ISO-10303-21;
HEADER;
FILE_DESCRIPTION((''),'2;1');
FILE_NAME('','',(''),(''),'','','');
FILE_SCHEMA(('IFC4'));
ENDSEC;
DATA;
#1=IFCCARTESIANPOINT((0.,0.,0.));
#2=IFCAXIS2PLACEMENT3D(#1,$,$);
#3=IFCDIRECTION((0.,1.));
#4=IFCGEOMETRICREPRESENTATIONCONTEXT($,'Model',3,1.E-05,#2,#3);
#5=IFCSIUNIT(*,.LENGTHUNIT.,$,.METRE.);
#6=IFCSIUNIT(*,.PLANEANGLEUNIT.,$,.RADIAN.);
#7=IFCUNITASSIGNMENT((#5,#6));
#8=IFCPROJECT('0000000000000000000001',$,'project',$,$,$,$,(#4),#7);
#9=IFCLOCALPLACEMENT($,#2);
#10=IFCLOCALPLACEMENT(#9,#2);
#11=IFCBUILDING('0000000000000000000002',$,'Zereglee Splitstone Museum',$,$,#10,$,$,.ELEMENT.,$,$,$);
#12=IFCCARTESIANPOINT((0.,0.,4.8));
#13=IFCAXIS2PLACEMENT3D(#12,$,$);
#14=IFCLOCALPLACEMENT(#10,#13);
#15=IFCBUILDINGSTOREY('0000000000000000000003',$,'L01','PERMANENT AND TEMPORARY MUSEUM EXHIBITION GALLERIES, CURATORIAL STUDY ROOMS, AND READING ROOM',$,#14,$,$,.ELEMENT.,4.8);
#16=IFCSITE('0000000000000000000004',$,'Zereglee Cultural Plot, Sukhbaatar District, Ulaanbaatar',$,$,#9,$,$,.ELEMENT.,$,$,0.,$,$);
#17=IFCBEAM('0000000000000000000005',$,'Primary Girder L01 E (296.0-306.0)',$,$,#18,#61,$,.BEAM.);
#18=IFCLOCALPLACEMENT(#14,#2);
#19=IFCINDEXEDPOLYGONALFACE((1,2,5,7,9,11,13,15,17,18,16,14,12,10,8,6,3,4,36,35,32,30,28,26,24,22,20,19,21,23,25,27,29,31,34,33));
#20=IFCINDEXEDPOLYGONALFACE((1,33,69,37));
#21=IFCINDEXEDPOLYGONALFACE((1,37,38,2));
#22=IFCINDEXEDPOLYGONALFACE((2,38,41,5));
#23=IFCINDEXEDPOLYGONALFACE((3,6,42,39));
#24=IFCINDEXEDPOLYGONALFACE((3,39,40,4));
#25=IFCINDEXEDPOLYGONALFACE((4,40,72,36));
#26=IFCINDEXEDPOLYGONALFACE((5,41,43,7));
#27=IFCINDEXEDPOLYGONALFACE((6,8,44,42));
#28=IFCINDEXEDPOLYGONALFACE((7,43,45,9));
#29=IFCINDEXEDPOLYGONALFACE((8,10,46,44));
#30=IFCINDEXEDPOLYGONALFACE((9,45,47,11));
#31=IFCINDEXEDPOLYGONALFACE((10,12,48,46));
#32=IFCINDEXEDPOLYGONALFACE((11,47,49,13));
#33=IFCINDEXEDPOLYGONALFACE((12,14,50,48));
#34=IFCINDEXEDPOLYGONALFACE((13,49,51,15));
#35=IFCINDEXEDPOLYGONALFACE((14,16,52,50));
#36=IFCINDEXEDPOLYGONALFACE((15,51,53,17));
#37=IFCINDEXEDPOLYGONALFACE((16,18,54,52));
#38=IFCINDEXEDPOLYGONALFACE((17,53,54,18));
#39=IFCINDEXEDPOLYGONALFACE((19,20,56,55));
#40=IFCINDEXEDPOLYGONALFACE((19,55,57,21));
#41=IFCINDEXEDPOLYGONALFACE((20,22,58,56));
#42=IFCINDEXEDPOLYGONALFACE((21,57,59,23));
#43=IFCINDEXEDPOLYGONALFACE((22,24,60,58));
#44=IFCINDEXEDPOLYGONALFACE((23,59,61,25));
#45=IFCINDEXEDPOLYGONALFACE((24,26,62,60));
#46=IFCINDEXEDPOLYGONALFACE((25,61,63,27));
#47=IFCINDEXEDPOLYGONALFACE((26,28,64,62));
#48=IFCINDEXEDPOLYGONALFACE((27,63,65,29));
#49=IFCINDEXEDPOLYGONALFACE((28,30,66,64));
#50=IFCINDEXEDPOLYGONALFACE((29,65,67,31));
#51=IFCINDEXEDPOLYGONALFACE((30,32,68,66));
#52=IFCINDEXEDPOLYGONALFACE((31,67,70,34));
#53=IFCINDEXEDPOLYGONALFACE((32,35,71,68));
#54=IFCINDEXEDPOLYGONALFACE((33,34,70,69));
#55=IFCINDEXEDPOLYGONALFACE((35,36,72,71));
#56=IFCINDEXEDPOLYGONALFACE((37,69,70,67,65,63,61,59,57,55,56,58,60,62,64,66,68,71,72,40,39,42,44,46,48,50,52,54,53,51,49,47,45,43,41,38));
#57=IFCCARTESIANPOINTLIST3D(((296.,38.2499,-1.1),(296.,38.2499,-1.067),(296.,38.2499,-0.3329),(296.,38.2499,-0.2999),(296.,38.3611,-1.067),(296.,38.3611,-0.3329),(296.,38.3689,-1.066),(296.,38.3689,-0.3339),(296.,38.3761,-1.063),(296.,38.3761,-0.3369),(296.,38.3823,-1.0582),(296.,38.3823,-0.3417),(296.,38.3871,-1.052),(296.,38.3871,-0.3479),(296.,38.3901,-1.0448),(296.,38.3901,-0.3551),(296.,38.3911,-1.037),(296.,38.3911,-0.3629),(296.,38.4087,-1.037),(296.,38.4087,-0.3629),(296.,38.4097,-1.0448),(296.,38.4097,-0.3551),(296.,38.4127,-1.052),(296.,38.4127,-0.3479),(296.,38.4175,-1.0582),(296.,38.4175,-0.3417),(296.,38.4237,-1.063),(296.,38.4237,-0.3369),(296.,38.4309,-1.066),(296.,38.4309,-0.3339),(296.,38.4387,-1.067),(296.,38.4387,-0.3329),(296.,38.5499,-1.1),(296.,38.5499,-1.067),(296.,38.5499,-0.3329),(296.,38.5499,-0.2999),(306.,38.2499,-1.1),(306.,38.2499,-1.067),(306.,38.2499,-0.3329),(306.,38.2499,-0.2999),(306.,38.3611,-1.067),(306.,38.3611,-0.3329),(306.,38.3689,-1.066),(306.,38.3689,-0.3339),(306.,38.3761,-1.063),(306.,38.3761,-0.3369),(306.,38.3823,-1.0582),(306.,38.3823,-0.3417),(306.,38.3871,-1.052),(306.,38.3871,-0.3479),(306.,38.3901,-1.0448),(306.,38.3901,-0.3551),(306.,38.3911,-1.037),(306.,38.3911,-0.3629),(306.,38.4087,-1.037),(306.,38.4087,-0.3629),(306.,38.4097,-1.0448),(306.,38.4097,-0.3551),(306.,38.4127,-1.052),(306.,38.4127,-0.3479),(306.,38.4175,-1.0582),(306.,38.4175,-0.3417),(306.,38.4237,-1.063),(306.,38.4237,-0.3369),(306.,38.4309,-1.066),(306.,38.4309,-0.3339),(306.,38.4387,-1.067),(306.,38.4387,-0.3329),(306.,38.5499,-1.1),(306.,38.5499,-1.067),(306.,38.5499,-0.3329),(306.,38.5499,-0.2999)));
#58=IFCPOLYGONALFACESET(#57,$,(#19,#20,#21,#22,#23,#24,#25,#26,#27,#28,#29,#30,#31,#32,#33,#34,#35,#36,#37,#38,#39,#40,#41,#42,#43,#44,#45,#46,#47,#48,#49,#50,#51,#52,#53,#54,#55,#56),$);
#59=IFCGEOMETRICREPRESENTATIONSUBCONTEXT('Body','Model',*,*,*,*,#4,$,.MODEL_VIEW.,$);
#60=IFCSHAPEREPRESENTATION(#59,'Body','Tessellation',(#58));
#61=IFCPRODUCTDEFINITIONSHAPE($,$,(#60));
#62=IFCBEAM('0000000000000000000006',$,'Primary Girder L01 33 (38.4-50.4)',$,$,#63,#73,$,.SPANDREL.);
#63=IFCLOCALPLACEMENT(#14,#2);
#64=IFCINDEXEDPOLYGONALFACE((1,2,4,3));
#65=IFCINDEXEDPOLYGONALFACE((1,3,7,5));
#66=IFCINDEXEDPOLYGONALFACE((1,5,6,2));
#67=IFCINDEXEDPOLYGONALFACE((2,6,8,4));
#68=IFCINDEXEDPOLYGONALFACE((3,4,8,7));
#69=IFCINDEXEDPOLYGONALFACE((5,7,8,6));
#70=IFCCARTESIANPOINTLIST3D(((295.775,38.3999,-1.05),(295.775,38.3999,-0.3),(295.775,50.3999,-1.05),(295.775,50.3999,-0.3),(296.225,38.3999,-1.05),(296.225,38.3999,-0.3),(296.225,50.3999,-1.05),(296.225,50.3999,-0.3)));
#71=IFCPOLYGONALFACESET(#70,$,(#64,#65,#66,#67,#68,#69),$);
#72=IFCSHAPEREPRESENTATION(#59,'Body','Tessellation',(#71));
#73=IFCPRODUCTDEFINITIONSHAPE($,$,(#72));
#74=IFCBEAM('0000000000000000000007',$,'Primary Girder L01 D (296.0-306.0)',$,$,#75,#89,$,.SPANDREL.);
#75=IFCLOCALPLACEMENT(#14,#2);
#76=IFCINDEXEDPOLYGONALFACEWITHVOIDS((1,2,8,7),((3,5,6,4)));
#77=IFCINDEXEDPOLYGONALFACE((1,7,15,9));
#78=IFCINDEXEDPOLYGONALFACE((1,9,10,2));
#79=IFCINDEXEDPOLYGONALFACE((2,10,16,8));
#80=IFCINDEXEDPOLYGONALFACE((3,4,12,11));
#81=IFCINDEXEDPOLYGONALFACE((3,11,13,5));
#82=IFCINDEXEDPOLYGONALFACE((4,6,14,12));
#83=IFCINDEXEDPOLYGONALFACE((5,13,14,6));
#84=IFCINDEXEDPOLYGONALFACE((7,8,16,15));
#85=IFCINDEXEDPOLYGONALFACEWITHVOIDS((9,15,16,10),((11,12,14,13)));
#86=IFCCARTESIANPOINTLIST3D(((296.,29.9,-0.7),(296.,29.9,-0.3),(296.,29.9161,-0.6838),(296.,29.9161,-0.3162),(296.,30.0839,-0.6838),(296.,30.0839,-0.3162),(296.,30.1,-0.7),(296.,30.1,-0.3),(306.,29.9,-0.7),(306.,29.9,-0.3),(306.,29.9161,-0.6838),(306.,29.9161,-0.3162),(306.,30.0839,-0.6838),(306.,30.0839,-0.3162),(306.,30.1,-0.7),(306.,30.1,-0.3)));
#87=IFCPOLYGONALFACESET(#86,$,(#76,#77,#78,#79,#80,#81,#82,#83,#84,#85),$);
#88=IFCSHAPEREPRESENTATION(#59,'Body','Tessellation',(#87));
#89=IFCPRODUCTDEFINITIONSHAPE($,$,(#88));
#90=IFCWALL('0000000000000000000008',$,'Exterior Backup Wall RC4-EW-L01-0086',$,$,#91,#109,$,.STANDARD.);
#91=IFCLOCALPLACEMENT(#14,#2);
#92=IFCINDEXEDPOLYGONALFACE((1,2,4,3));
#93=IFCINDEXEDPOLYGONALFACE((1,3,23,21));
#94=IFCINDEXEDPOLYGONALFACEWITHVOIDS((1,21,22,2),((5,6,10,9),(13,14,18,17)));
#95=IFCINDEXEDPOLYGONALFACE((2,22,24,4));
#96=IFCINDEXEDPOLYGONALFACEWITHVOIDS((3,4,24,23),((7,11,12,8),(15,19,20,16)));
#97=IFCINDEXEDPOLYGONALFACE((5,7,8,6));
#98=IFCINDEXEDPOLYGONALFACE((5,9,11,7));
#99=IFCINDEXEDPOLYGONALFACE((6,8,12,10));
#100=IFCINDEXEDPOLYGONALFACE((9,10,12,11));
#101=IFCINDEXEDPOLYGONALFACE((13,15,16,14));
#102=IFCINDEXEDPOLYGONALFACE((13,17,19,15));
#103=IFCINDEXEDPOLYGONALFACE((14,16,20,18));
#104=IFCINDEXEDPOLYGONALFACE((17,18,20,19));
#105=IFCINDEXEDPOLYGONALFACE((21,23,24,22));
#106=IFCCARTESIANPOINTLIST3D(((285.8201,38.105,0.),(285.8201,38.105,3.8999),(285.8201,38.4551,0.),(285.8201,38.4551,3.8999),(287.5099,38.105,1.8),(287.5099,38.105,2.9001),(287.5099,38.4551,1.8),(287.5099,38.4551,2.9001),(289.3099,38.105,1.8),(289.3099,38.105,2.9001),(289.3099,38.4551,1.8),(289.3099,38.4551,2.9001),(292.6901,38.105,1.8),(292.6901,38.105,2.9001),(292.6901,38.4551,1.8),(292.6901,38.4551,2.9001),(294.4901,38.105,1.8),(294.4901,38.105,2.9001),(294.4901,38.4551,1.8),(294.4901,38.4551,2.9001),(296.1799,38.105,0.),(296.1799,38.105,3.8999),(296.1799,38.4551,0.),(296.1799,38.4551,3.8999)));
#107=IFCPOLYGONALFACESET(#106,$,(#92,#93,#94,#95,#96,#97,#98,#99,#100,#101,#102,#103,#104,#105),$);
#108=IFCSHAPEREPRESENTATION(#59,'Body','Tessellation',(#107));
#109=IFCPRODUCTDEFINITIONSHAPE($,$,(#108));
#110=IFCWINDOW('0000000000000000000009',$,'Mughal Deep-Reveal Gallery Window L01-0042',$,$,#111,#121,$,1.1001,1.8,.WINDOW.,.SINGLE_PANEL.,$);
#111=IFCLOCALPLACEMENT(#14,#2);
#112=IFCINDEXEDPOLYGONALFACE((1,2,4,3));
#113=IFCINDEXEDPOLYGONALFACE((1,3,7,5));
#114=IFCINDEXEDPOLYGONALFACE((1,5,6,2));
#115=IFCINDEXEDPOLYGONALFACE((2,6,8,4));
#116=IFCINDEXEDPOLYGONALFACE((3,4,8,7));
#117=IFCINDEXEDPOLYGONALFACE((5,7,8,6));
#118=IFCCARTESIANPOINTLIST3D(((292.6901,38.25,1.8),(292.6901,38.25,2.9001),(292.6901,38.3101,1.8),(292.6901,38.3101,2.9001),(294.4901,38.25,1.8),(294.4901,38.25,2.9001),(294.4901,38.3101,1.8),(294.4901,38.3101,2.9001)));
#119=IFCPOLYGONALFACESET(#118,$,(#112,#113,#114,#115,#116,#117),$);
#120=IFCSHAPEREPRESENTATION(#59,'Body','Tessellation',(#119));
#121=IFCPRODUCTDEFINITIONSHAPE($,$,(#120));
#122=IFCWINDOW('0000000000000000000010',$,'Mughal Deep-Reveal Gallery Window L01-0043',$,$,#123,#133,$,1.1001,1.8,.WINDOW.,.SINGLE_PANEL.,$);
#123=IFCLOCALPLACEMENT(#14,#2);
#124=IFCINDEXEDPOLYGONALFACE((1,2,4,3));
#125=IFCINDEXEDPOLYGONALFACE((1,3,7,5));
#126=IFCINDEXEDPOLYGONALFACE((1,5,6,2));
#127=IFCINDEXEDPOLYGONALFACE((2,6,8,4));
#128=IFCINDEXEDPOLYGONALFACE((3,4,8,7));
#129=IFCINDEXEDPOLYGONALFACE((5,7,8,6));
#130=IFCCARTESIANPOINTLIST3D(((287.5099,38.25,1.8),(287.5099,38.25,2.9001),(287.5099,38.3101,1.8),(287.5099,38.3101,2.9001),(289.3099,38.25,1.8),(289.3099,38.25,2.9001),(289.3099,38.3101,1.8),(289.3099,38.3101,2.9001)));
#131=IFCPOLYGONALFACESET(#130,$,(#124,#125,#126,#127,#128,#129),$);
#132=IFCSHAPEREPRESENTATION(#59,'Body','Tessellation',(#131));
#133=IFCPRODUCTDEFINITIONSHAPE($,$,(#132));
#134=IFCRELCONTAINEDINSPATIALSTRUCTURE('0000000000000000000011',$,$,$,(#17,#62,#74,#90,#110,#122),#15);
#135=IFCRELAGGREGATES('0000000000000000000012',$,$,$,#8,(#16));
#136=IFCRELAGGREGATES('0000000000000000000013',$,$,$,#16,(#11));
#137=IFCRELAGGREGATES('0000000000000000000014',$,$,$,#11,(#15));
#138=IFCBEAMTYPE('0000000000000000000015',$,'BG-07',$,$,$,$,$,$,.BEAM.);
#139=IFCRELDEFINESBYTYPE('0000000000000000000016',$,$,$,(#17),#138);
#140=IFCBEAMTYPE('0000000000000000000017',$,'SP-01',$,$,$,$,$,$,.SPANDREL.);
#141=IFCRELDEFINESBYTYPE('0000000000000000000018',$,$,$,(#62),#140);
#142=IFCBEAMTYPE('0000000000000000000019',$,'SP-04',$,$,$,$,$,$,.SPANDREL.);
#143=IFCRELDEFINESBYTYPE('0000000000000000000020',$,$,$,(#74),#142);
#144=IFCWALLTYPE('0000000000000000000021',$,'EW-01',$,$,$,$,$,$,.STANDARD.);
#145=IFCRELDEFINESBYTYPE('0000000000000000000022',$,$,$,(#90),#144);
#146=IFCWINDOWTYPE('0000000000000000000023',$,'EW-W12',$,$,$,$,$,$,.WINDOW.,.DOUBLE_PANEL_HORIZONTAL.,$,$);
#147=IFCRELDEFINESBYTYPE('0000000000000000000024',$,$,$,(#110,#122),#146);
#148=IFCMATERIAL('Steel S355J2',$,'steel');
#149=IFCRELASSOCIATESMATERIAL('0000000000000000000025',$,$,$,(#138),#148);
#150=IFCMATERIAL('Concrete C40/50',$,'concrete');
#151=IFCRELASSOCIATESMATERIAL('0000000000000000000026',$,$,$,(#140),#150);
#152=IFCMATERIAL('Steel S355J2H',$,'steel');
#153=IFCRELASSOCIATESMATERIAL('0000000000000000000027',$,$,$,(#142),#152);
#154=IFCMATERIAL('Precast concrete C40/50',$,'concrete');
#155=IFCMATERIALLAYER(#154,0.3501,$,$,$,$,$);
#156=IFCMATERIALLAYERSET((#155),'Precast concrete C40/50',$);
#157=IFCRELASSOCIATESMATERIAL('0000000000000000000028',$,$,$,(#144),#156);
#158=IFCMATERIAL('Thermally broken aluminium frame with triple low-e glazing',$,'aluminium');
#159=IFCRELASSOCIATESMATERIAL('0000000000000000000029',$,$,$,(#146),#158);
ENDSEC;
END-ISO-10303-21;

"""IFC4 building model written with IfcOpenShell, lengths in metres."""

from ifc_helpers import new_model, si_unit, direction, frame, frame_2d, origin, origin_2d, place, context, subcontext, project, spatial, rectangle, hollow_rectangle, i_section, extrude, material, layer, layer_set, material_profile, profile_set, type_object, element, fill, save


model = new_model("IFC4")

# Units and contexts
model_context = context("Model", 3, precision=1e-05, world=origin(), true_north=direction((0.0, 1.0)))
body_context = subcontext(model_context, "Body", "Model", "MODEL_VIEW")
ifc_project = project(units=[si_unit("LENGTHUNIT", "METRE"), si_unit("PLANEANGLEUNIT", "RADIAN")], contexts=[model_context])

# Site, building, storey
site_placement = place(None, origin())
site = spatial("IfcSite", under=ifc_project, at=site_placement, Name="Zereglee Cultural Plot, Sukhbaatar District, Ulaanbaatar", CompositionType="ELEMENT", RefElevation=0.0)
building_placement = place(site_placement, origin())
building = spatial("IfcBuilding", under=site, at=building_placement, Name="Zereglee Splitstone Museum", CompositionType="ELEMENT")
storey_placement = place(building_placement, frame((0.0, 0.0, 4.8)))
storey = spatial("IfcBuildingStorey", under=building, at=storey_placement, Name="L01", Description="PERMANENT AND TEMPORARY MUSEUM EXHIBITION GALLERIES, CURATORIAL STUDY ROOMS, AND READING ROOM", CompositionType="ELEMENT", Elevation=4.8)

# Shared definitions
ifc_material_1 = material(Name="Steel S355J2", Category="steel")

# Beams
ifc_material_profile_1 = material_profile(ifc_material_1, i_section(OverallWidth=0.3, OverallDepth=0.8, WebThickness=0.0176, FlangeThickness=0.033, FilletRadius=0.03, at=origin_2d()), Name="HE 800 B")
ifc_profile_set_1 = profile_set([ifc_material_profile_1], Name="Steel S355J2")
beam_type_1 = type_object("IfcBeamType", Name="BG-07", PredefinedType="BEAM", material=ifc_profile_set_1)
beam_1_placement = place(storey_placement, frame((296.0, 38.3999, -0.7), z_axis=(1.0, 0.0, 0.0), x_axis=(0.0, 1.0, 0.0)))
element("IfcBeam", 1, at=beam_1_placement, inside=storey, type_object=beam_type_1, Name="Primary Girder L01 E (296.0-306.0)", PredefinedType="BEAM", context=body_context, shape_type="SweptSolid", body=[
    extrude(i_section(OverallWidth=0.3, OverallDepth=0.8, WebThickness=0.0176, FlangeThickness=0.033, FilletRadius=0.03, at=origin_2d()), origin(), (0.0, 0.0, 1.0), 10.0),
])
ifc_material_2 = material(Name="Concrete C40/50", Category="concrete")
ifc_material_profile_2 = material_profile(ifc_material_2, rectangle(XDim=0.45, YDim=0.75, at=origin_2d()), Name="RC 450x750")
ifc_profile_set_2 = profile_set([ifc_material_profile_2], Name="Concrete C40/50")
beam_type_2 = type_object("IfcBeamType", Name="SP-01", PredefinedType="SPANDREL", material=ifc_profile_set_2)
beam_2_placement = place(storey_placement, frame((296.0, 38.3999, -0.675), z_axis=(0.0, 1.0, 0.0), x_axis=(-1.0, 0.0, 0.0)))
element("IfcBeam", 2, at=beam_2_placement, inside=storey, type_object=beam_type_2, Name="Primary Girder L01 33 (38.4-50.4)", PredefinedType="SPANDREL", context=body_context, shape_type="SweptSolid", body=[
    extrude(rectangle(XDim=0.45, YDim=0.75, at=origin_2d()), origin(), (0.0, 0.0, 1.0), 12.0),
])
ifc_material_3 = material(Name="Steel S355J2H", Category="steel")
ifc_material_profile_3 = material_profile(ifc_material_3, hollow_rectangle(XDim=0.2, YDim=0.3999, WallThickness=0.0161, at=origin_2d()), Name="RHS 400x200x16")
ifc_profile_set_3 = profile_set([ifc_material_profile_3], Name="Steel S355J2H")
beam_type_3 = type_object("IfcBeamType", Name="SP-04", PredefinedType="SPANDREL", material=ifc_profile_set_3)
beam_3_placement = place(storey_placement, frame((296.0, 30.0, -0.5), z_axis=(1.0, 0.0, 0.0), x_axis=(0.0, 1.0, 0.0)))
element("IfcBeam", 3, at=beam_3_placement, inside=storey, type_object=beam_type_3, Name="Primary Girder L01 D (296.0-306.0)", PredefinedType="SPANDREL", context=body_context, shape_type="SweptSolid", body=[
    extrude(hollow_rectangle(XDim=0.2, YDim=0.3999, WallThickness=0.0161, at=origin_2d()), origin(), (0.0, 0.0, 1.0), 10.0),
])

# Wall, openings, windows
ifc_material_4 = material(Name="Precast concrete C40/50", Category="concrete")
ifc_layer_1 = layer(ifc_material_4, 0.3501)
ifc_layer_set_1 = layer_set([ifc_layer_1], Name="Precast concrete C40/50")
wall_type_1 = type_object("IfcWallType", Name="EW-01", PredefinedType="STANDARD", material=ifc_layer_set_1)
wall_1_placement = place(storey_placement, frame((296.1799, 38.28, 0.0), z_axis=(0.0, 0.0, 1.0), x_axis=(-1.0, 0.0, 0.0)))
wall_1 = element("IfcWall", 4, at=wall_1_placement, inside=storey, type_object=wall_type_1, Name="Exterior Backup Wall RC4-EW-L01-0086", PredefinedType="STANDARD", context=body_context, shape_type="SweptSolid", body=[
    extrude(rectangle(XDim=10.3599, YDim=0.3501, at=frame_2d((5.1799, 0.0))), origin(), (0.0, 0.0, 1.0), 3.8999),
])
opening_1_placement = place(wall_1_placement, frame((1.6899, 0.0, 1.8)))
opening_1 = element("IfcOpeningElement", 5, at=opening_1_placement, cuts=wall_1, PredefinedType="OPENING", context=body_context, shape_type="SweptSolid", body=[
    extrude(rectangle(XDim=1.8, YDim=1.1001, at=frame_2d((0.8999, 0.55))), frame((0.0, 0.1899, 0.0), z_axis=(0.0, -1.0, 0.0), x_axis=(1.0, 0.0, 0.0)), (0.0, 0.0, 1.0), 0.3799),
])
opening_2_placement = place(wall_1_placement, frame((6.8701, 0.0, 1.8)))
opening_2 = element("IfcOpeningElement", 6, at=opening_2_placement, cuts=wall_1, PredefinedType="OPENING", context=body_context, shape_type="SweptSolid", body=[
    extrude(rectangle(XDim=1.8, YDim=1.1001, at=frame_2d((0.8999, 0.55))), frame((0.0, 0.1899, 0.0), z_axis=(0.0, -1.0, 0.0), x_axis=(1.0, 0.0, 0.0)), (0.0, 0.0, 1.0), 0.3799),
])
ifc_material_5 = material(Name="Thermally broken aluminium frame with triple low-e glazing", Category="aluminium")
window_type = type_object("IfcWindowType", Name="EW-W12", PartitioningType="DOUBLE_PANEL_HORIZONTAL", PredefinedType="WINDOW", material=ifc_material_5)
window_1_placement = place(opening_1_placement, origin())
window_1 = element("IfcWindow", 7, at=window_1_placement, inside=storey, type_object=window_type, Name="Mughal Deep-Reveal Gallery Window L01-0042", OverallHeight=1.1001, OverallWidth=1.8, PartitioningType="SINGLE_PANEL", PredefinedType="WINDOW", context=body_context, shape_type="SweptSolid", body=[
    extrude(rectangle(XDim=1.8, YDim=1.1001, at=frame_2d((0.8999, 0.55))), frame((0.0, 0.03, 0.0), z_axis=(0.0, -1.0, 0.0), x_axis=(1.0, 0.0, 0.0)), (0.0, 0.0, 1.0), 0.0601),
])
fill(opening_1, window_1)
window_2_placement = place(opening_2_placement, origin())
window_2 = element("IfcWindow", 8, at=window_2_placement, inside=storey, type_object=window_type, Name="Mughal Deep-Reveal Gallery Window L01-0043", OverallHeight=1.1001, OverallWidth=1.8, PartitioningType="SINGLE_PANEL", PredefinedType="WINDOW", context=body_context, shape_type="SweptSolid", body=[
    extrude(rectangle(XDim=1.8, YDim=1.1001, at=frame_2d((0.8999, 0.55))), frame((0.0, 0.03, 0.0), z_axis=(0.0, -1.0, 0.0), x_axis=(1.0, 0.0, 0.0)), (0.0, 0.0, 1.0), 0.0601),
])
fill(opening_2, window_2)

save(model, "model.ifc")
